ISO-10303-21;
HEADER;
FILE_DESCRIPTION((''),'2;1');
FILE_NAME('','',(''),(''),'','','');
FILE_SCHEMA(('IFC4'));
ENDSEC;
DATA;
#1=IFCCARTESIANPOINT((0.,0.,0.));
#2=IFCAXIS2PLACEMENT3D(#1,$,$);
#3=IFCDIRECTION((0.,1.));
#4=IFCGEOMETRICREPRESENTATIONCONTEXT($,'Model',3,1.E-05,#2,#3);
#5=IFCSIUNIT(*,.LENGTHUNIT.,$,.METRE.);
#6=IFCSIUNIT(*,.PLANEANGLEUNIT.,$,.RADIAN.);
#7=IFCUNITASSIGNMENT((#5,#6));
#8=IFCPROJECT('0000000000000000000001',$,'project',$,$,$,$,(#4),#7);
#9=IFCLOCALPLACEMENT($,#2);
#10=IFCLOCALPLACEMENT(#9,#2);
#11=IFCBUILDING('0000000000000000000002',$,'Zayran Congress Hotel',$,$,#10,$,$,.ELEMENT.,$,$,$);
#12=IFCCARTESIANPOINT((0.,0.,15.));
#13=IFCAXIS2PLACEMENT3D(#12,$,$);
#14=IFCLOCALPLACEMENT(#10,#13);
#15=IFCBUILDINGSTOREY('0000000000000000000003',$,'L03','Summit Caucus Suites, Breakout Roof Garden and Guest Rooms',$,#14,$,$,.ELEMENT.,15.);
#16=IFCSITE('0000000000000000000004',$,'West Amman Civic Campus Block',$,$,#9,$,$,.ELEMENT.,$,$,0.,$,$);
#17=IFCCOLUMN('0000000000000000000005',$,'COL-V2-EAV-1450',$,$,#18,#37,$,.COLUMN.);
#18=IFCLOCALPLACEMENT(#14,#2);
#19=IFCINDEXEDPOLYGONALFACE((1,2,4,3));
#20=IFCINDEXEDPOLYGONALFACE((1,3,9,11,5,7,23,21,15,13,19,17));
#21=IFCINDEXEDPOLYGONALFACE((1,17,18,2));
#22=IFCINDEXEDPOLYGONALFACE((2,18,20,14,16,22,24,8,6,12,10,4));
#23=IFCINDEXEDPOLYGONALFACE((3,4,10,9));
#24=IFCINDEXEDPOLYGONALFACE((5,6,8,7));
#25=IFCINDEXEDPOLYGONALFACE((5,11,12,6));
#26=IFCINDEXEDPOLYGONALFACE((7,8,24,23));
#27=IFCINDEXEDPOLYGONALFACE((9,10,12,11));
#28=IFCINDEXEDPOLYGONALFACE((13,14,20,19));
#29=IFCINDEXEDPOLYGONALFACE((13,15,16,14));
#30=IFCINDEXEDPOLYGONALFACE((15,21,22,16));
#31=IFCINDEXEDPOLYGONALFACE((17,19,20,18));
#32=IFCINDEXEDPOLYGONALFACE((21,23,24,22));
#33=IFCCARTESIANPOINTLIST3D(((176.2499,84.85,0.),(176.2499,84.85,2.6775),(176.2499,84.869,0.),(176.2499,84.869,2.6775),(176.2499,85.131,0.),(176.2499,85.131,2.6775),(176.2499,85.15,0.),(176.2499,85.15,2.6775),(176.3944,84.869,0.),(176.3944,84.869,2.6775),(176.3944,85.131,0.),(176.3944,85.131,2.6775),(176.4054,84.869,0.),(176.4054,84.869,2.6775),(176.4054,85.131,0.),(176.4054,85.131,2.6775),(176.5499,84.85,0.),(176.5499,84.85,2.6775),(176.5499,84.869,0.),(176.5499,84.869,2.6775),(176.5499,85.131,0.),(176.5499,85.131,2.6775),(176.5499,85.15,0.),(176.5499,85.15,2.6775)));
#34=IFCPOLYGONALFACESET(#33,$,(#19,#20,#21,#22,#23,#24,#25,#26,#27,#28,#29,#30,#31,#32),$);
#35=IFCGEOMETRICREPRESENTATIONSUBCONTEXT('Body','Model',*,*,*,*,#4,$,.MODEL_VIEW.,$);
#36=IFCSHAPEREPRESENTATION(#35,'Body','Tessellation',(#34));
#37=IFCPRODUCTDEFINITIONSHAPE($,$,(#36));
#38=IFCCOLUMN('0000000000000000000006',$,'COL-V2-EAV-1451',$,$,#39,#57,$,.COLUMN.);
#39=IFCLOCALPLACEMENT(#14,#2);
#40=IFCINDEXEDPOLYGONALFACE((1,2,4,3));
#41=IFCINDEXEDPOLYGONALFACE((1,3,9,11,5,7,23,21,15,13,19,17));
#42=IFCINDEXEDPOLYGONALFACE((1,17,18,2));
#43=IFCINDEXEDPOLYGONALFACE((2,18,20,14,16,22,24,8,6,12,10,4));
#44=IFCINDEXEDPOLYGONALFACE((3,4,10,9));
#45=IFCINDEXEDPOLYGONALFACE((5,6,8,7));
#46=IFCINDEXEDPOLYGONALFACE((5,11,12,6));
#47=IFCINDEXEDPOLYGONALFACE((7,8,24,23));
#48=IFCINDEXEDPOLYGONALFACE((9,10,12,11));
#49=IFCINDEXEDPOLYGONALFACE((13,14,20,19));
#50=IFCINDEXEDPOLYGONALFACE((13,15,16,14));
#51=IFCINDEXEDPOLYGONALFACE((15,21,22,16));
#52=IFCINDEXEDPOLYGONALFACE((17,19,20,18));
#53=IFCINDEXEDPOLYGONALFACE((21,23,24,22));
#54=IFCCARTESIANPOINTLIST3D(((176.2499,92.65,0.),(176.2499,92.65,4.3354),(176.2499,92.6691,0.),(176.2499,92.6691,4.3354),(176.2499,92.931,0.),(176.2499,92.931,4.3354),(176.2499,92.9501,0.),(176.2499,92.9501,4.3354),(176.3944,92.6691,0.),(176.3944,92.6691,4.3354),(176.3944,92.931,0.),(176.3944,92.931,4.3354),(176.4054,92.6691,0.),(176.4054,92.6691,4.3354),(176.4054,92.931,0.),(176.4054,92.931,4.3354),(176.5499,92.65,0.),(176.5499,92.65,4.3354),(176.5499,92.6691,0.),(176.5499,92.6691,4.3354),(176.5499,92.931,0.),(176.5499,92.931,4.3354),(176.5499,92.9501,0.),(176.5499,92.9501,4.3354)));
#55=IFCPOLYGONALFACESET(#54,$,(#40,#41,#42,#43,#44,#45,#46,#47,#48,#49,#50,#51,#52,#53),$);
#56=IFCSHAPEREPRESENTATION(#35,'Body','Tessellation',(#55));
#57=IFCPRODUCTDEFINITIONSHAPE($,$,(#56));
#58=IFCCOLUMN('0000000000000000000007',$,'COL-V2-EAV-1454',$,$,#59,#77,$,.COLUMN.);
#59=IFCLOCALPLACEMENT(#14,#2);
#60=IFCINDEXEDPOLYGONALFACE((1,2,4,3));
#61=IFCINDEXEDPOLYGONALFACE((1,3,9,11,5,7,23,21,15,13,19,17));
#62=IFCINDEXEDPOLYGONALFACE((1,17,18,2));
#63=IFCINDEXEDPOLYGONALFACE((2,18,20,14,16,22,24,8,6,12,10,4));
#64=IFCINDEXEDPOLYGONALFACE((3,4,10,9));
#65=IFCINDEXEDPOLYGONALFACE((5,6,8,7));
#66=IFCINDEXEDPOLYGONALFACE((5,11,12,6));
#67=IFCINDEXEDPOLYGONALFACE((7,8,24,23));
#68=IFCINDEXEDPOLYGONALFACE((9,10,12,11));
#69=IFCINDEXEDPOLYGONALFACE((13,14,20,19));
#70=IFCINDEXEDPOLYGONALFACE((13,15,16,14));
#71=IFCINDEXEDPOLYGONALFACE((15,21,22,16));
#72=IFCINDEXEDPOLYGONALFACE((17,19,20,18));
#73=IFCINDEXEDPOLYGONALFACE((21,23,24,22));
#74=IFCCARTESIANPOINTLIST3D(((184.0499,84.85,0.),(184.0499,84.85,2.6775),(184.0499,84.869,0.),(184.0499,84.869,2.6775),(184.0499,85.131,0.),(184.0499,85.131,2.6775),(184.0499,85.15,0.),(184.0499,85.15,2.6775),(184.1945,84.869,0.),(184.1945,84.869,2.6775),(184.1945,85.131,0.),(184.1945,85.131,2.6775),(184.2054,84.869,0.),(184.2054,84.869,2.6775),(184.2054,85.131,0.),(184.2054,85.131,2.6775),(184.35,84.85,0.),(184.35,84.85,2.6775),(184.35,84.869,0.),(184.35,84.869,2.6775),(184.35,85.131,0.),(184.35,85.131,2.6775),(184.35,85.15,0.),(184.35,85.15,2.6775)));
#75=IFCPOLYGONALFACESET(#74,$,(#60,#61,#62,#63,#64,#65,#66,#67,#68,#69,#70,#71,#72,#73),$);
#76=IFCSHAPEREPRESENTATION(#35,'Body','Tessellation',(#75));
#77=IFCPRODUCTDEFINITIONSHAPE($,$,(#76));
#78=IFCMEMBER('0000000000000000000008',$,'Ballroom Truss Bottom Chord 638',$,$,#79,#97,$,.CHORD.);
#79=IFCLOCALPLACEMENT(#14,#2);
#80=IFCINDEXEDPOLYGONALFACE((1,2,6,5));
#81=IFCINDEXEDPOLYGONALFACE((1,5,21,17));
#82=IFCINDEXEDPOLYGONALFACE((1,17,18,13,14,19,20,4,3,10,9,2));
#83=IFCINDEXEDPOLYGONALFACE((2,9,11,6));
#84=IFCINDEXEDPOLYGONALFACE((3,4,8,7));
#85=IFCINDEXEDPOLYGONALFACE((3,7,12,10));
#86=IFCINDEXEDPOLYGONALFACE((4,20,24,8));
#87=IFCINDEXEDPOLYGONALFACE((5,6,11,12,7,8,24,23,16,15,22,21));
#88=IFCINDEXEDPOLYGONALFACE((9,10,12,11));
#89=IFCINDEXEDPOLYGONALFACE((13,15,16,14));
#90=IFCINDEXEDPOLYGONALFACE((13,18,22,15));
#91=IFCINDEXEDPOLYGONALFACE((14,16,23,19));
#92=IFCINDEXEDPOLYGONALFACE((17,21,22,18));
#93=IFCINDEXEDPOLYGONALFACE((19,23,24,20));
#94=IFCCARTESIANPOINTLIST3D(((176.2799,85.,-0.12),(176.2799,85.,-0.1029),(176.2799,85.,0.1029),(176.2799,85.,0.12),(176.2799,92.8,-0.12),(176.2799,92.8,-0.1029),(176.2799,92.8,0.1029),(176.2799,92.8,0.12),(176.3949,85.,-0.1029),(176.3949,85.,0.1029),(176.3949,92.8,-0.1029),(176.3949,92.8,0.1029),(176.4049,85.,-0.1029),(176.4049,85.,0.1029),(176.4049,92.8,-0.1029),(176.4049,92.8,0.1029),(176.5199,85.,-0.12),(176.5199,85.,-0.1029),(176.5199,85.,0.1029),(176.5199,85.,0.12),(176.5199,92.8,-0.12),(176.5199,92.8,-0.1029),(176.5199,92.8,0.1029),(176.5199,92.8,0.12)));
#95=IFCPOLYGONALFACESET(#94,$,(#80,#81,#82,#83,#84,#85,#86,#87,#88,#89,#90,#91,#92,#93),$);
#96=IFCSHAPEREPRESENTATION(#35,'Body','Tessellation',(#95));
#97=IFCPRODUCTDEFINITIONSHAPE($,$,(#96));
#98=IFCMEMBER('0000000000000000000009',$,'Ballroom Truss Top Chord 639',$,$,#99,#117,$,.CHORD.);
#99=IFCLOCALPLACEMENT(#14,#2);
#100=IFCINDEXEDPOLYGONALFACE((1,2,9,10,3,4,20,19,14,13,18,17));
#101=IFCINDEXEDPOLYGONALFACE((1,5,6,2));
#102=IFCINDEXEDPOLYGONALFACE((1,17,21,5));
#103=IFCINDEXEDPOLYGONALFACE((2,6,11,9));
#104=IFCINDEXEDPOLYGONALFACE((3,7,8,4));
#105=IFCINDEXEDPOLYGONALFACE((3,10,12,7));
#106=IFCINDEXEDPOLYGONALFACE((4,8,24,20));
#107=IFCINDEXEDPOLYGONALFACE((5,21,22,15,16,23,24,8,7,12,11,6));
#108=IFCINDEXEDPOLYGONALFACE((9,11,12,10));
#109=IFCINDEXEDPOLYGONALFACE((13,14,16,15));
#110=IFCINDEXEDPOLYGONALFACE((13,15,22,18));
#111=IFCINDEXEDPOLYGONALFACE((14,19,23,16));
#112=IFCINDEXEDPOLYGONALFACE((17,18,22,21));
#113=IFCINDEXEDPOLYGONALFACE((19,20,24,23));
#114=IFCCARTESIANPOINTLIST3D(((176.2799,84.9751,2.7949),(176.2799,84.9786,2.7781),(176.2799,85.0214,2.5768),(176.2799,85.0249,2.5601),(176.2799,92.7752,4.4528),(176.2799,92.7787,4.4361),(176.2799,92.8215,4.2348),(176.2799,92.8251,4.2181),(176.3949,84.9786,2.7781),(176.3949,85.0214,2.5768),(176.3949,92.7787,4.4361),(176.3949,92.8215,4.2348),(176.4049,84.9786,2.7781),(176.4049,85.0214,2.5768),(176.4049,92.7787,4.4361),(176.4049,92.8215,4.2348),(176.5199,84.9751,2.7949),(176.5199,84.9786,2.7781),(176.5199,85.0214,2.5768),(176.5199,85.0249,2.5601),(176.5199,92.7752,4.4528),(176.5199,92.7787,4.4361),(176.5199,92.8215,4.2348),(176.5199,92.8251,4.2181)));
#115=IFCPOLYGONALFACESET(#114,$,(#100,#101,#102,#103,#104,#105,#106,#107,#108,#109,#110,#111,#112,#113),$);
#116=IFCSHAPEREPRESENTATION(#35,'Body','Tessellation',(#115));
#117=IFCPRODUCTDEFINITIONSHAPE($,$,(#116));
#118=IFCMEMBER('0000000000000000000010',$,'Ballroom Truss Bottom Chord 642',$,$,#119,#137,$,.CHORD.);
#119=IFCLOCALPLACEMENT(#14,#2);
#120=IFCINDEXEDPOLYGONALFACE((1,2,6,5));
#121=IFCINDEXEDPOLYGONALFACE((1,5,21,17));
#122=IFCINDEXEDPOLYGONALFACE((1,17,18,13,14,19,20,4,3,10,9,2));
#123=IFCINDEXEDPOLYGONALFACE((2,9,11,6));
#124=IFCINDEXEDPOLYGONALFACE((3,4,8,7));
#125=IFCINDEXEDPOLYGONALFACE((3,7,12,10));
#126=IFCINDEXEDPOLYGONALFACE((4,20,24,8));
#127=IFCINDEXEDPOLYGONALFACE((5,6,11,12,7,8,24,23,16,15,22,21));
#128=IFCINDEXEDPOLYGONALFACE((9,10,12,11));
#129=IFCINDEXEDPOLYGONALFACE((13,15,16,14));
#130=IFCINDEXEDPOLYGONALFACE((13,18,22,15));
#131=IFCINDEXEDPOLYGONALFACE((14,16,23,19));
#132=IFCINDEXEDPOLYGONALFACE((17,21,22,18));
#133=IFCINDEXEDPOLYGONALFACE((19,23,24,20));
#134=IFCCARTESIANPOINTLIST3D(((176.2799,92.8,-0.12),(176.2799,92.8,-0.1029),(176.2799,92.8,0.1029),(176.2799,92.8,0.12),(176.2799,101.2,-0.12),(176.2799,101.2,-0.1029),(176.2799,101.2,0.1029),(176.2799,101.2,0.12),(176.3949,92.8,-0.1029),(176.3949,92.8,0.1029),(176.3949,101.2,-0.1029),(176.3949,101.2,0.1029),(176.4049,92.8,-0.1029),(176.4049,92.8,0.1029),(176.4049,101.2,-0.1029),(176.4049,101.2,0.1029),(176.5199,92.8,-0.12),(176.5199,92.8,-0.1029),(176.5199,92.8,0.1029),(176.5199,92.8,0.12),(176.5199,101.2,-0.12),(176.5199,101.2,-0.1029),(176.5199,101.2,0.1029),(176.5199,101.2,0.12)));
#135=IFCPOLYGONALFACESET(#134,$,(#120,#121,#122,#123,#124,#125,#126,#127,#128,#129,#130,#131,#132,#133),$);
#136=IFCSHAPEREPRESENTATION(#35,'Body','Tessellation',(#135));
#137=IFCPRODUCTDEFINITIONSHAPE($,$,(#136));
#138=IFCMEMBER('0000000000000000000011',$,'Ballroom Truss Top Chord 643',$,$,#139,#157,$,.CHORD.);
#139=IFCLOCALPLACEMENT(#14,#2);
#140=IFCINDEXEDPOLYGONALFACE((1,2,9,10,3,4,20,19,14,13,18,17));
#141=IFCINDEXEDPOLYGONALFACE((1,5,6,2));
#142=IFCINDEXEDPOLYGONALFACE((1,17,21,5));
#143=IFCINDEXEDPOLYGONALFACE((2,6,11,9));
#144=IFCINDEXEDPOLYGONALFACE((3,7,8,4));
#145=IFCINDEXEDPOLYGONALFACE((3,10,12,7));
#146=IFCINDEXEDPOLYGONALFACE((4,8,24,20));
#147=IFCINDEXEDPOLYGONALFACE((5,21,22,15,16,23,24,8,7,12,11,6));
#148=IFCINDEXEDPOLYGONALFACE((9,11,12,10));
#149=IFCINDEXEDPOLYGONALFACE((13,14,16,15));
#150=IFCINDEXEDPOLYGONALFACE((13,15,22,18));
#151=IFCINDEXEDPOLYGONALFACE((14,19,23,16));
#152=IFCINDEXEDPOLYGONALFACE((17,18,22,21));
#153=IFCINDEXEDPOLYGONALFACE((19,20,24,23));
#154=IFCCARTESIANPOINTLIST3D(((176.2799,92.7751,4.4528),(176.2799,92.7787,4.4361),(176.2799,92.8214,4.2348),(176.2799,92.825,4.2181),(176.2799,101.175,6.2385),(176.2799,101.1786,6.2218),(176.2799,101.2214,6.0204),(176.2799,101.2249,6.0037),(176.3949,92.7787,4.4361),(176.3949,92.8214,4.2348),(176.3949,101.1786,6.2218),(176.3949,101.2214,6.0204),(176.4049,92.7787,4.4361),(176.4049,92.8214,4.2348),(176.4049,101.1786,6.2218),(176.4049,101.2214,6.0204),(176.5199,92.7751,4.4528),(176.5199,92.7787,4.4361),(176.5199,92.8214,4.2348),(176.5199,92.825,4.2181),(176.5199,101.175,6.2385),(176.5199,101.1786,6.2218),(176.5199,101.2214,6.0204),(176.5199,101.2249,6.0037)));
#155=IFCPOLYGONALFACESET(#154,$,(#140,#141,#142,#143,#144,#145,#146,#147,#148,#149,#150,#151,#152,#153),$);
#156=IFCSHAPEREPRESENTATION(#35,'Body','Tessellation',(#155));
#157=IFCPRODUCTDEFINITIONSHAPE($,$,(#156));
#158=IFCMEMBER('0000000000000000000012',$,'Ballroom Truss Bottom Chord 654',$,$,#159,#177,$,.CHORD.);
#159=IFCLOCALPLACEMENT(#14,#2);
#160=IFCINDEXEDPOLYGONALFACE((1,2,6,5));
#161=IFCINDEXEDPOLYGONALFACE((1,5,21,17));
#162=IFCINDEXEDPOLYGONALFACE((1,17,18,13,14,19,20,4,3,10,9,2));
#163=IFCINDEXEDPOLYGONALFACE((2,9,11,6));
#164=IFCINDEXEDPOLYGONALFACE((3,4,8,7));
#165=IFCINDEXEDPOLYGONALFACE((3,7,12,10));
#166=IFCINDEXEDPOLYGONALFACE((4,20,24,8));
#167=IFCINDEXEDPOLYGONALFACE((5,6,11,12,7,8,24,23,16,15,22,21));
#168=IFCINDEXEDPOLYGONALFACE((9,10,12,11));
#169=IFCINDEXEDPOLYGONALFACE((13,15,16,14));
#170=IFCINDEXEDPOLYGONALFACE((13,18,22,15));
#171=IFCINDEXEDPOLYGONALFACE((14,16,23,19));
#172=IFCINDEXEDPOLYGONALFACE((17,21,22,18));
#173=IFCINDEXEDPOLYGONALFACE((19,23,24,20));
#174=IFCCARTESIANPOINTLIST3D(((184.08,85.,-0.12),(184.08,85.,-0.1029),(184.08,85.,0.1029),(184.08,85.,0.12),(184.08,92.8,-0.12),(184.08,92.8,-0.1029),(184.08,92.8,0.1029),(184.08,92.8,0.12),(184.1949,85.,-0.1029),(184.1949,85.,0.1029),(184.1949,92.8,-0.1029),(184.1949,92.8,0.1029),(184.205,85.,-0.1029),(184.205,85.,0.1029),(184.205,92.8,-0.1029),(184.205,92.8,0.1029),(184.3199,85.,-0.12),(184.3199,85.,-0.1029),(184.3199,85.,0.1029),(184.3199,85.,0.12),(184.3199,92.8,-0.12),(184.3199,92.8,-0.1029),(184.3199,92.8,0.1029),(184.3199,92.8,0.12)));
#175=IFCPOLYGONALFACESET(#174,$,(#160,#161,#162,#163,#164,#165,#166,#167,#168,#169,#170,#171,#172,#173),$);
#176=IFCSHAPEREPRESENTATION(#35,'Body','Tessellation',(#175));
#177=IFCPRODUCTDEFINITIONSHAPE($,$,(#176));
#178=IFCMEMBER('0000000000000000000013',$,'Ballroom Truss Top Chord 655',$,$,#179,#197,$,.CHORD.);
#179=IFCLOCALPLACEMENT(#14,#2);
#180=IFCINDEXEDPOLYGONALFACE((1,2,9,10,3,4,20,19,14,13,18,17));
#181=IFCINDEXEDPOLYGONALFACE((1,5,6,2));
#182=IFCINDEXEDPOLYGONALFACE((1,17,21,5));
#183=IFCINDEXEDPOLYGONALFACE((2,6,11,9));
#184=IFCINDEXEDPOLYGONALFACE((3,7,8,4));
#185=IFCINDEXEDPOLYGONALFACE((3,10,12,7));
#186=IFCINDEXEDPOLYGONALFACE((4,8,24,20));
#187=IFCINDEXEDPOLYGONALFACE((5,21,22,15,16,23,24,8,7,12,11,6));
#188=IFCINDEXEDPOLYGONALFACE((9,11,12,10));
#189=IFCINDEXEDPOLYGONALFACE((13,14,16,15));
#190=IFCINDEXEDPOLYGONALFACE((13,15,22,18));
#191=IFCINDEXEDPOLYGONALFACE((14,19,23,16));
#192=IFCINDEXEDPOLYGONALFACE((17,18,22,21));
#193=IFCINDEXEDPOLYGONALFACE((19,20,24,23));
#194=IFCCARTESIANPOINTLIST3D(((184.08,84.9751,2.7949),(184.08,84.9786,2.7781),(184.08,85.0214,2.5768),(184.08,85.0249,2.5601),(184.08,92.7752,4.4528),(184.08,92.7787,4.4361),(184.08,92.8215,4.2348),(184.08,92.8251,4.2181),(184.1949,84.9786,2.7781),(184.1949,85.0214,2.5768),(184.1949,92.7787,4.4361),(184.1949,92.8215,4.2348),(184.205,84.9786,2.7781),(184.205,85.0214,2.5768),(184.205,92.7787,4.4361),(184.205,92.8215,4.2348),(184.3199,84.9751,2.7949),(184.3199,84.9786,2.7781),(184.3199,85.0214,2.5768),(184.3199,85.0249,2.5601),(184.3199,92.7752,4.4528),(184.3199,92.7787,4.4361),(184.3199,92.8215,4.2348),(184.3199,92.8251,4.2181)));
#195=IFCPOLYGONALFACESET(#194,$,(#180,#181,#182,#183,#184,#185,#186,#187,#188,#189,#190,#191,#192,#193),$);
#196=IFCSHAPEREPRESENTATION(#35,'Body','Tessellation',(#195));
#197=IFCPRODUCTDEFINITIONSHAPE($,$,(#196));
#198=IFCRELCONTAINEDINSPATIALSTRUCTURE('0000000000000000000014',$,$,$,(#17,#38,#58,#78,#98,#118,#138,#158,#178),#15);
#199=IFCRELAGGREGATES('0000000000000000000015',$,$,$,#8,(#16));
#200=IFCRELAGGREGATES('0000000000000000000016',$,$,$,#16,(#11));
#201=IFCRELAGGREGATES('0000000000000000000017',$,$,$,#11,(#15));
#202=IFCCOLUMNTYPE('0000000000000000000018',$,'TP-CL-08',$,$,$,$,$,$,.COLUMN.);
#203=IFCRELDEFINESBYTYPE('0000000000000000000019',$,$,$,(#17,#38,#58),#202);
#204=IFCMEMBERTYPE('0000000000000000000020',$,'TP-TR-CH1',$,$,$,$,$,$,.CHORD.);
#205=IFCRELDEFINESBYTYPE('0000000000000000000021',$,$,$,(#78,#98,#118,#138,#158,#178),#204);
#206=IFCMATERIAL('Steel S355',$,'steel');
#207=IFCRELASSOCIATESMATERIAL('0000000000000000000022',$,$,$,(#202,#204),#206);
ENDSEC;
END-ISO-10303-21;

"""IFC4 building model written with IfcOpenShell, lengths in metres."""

from ifc_helpers import new_model, si_unit, direction, frame, origin, origin_2d, place, context, subcontext, project, spatial, i_section, extrude, material, material_profile, profile_set, type_object, element, save


model = new_model("IFC4")

# Units and contexts
model_context = context("Model", 3, precision=1e-05, world=origin(), true_north=direction((0.0, 1.0)))
body_context = subcontext(model_context, "Body", "Model", "MODEL_VIEW")
ifc_project = project(units=[si_unit("LENGTHUNIT", "METRE"), si_unit("PLANEANGLEUNIT", "RADIAN")], contexts=[model_context])

# Site, building, storey
site_placement = place(None, origin())
site = spatial("IfcSite", under=ifc_project, at=site_placement, Name="West Amman Civic Campus Block", CompositionType="ELEMENT", RefElevation=0.0)
building_placement = place(site_placement, origin())
building = spatial("IfcBuilding", under=site, at=building_placement, Name="Zayran Congress Hotel", CompositionType="ELEMENT")
storey_placement = place(building_placement, frame((0.0, 0.0, 15.0)))
storey = spatial("IfcBuildingStorey", under=building, at=storey_placement, Name="L03", Description="Summit Caucus Suites, Breakout Roof Garden and Guest Rooms", CompositionType="ELEMENT", Elevation=15.0)

# Columns
ifc_material_1 = material(Name="Steel S355", Category="steel")
ifc_material_profile_1 = material_profile(ifc_material_1, i_section(OverallWidth=0.3, OverallDepth=0.3, WebThickness=0.011, FlangeThickness=0.019, at=origin_2d()), Name="HEB 300")
ifc_profile_set_1 = profile_set([ifc_material_profile_1], Name="Steel S355")
column_type = type_object("IfcColumnType", Name="TP-CL-08", PredefinedType="COLUMN", material=ifc_profile_set_1)
column_1_placement = place(storey_placement, frame((176.3999, 85.0, 0.0), z_axis=(0.0, 0.0, 1.0), x_axis=(1.0, 0.0, 0.0)))
element("IfcColumn", 1, at=column_1_placement, inside=storey, type_object=column_type, Name="COL-V2-EAV-1450", PredefinedType="COLUMN", context=body_context, shape_type="SweptSolid", body=[
    extrude(i_section(OverallWidth=0.3, OverallDepth=0.3, WebThickness=0.011, FlangeThickness=0.019, at=origin_2d()), origin(), (0.0, 0.0, 1.0), 2.6775),
])
column_2_placement = place(storey_placement, frame((176.3999, 92.8, 0.0), z_axis=(0.0, 0.0, 1.0), x_axis=(1.0, 0.0, 0.0)))
element("IfcColumn", 2, at=column_2_placement, inside=storey, type_object=column_type, Name="COL-V2-EAV-1451", PredefinedType="COLUMN", context=body_context, shape_type="SweptSolid", body=[
    extrude(i_section(OverallWidth=0.3, OverallDepth=0.3, WebThickness=0.011, FlangeThickness=0.019, at=origin_2d()), origin(), (0.0, 0.0, 1.0), 4.3354),
])
column_3_placement = place(storey_placement, frame((184.2, 85.0, 0.0), z_axis=(0.0, 0.0, 1.0), x_axis=(1.0, 0.0, 0.0)))
element("IfcColumn", 3, at=column_3_placement, inside=storey, type_object=column_type, Name="COL-V2-EAV-1454", PredefinedType="COLUMN", context=body_context, shape_type="SweptSolid", body=[
    extrude(i_section(OverallWidth=0.3, OverallDepth=0.3, WebThickness=0.011, FlangeThickness=0.019, at=origin_2d()), origin(), (0.0, 0.0, 1.0), 2.6775),
])

# Members
ifc_material_profile_2 = material_profile(ifc_material_1, i_section(OverallWidth=0.24, OverallDepth=0.24, WebThickness=0.01, FlangeThickness=0.0171, at=origin_2d()), Name="HEB 240")
ifc_profile_set_2 = profile_set([ifc_material_profile_2], Name="Steel S355")
member_type_1 = type_object("IfcMemberType", Name="TP-TR-CH1", PredefinedType="CHORD", material=ifc_profile_set_2)
member_1_placement = place(storey_placement, frame((176.3999, 85.0, 0.0), z_axis=(0.0, 1.0, 0.0), x_axis=(-1.0, 0.0, 0.0)))
element("IfcMember", 4, at=member_1_placement, inside=storey, type_object=member_type_1, Name="Ballroom Truss Bottom Chord 638", PredefinedType="CHORD", context=body_context, shape_type="SweptSolid", body=[
    extrude(i_section(OverallWidth=0.24, OverallDepth=0.24, WebThickness=0.01, FlangeThickness=0.0171, at=origin_2d()), origin(), (0.0, 0.0, 1.0), 7.8),
])
member_2_placement = place(storey_placement, frame((176.3999, 85.0, 2.6775), z_axis=(0.0, 0.978147, 0.207913), x_axis=(-1.0, 0.0, 0.0)))
element("IfcMember", 5, at=member_2_placement, inside=storey, type_object=member_type_1, Name="Ballroom Truss Top Chord 639", PredefinedType="CHORD", context=body_context, shape_type="SweptSolid", body=[
    extrude(i_section(OverallWidth=0.24, OverallDepth=0.24, WebThickness=0.01, FlangeThickness=0.0171, at=origin_2d()), origin(), (0.0, 0.0, 1.0), 7.9744),
])
member_3_placement = place(storey_placement, frame((176.3999, 92.8, 0.0), z_axis=(0.0, 1.0, 0.0), x_axis=(-1.0, 0.0, 0.0)))
element("IfcMember", 6, at=member_3_placement, inside=storey, type_object=member_type_1, Name="Ballroom Truss Bottom Chord 642", PredefinedType="CHORD", context=body_context, shape_type="SweptSolid", body=[
    extrude(i_section(OverallWidth=0.24, OverallDepth=0.24, WebThickness=0.01, FlangeThickness=0.0171, at=origin_2d()), origin(), (0.0, 0.0, 1.0), 8.3999),
])
member_4_placement = place(storey_placement, frame((176.3999, 92.8, 4.3354), z_axis=(0.0, 0.978143, 0.207933), x_axis=(-1.0, 0.0, 0.0)))
element("IfcMember", 7, at=member_4_placement, inside=storey, type_object=member_type_1, Name="Ballroom Truss Top Chord 643", PredefinedType="CHORD", context=body_context, shape_type="SweptSolid", body=[
    extrude(i_section(OverallWidth=0.24, OverallDepth=0.24, WebThickness=0.01, FlangeThickness=0.0171, at=origin_2d()), origin(), (0.0, 0.0, 1.0), 8.5876),
])
member_5_placement = place(storey_placement, frame((184.2, 85.0, 0.0), z_axis=(0.0, 1.0, 0.0), x_axis=(-1.0, 0.0, 0.0)))
element("IfcMember", 8, at=member_5_placement, inside=storey, type_object=member_type_1, Name="Ballroom Truss Bottom Chord 654", PredefinedType="CHORD", context=body_context, shape_type="SweptSolid", body=[
    extrude(i_section(OverallWidth=0.24, OverallDepth=0.24, WebThickness=0.01, FlangeThickness=0.0171, at=origin_2d()), origin(), (0.0, 0.0, 1.0), 7.8),
])
member_6_placement = place(storey_placement, frame((184.2, 85.0, 2.6775), z_axis=(0.0, 0.978147, 0.207913), x_axis=(-1.0, 0.0, 0.0)))
element("IfcMember", 9, at=member_6_placement, inside=storey, type_object=member_type_1, Name="Ballroom Truss Top Chord 655", PredefinedType="CHORD", context=body_context, shape_type="SweptSolid", body=[
    extrude(i_section(OverallWidth=0.24, OverallDepth=0.24, WebThickness=0.01, FlangeThickness=0.0171, at=origin_2d()), origin(), (0.0, 0.0, 1.0), 7.9744),
])

save(model, "model.ifc")
